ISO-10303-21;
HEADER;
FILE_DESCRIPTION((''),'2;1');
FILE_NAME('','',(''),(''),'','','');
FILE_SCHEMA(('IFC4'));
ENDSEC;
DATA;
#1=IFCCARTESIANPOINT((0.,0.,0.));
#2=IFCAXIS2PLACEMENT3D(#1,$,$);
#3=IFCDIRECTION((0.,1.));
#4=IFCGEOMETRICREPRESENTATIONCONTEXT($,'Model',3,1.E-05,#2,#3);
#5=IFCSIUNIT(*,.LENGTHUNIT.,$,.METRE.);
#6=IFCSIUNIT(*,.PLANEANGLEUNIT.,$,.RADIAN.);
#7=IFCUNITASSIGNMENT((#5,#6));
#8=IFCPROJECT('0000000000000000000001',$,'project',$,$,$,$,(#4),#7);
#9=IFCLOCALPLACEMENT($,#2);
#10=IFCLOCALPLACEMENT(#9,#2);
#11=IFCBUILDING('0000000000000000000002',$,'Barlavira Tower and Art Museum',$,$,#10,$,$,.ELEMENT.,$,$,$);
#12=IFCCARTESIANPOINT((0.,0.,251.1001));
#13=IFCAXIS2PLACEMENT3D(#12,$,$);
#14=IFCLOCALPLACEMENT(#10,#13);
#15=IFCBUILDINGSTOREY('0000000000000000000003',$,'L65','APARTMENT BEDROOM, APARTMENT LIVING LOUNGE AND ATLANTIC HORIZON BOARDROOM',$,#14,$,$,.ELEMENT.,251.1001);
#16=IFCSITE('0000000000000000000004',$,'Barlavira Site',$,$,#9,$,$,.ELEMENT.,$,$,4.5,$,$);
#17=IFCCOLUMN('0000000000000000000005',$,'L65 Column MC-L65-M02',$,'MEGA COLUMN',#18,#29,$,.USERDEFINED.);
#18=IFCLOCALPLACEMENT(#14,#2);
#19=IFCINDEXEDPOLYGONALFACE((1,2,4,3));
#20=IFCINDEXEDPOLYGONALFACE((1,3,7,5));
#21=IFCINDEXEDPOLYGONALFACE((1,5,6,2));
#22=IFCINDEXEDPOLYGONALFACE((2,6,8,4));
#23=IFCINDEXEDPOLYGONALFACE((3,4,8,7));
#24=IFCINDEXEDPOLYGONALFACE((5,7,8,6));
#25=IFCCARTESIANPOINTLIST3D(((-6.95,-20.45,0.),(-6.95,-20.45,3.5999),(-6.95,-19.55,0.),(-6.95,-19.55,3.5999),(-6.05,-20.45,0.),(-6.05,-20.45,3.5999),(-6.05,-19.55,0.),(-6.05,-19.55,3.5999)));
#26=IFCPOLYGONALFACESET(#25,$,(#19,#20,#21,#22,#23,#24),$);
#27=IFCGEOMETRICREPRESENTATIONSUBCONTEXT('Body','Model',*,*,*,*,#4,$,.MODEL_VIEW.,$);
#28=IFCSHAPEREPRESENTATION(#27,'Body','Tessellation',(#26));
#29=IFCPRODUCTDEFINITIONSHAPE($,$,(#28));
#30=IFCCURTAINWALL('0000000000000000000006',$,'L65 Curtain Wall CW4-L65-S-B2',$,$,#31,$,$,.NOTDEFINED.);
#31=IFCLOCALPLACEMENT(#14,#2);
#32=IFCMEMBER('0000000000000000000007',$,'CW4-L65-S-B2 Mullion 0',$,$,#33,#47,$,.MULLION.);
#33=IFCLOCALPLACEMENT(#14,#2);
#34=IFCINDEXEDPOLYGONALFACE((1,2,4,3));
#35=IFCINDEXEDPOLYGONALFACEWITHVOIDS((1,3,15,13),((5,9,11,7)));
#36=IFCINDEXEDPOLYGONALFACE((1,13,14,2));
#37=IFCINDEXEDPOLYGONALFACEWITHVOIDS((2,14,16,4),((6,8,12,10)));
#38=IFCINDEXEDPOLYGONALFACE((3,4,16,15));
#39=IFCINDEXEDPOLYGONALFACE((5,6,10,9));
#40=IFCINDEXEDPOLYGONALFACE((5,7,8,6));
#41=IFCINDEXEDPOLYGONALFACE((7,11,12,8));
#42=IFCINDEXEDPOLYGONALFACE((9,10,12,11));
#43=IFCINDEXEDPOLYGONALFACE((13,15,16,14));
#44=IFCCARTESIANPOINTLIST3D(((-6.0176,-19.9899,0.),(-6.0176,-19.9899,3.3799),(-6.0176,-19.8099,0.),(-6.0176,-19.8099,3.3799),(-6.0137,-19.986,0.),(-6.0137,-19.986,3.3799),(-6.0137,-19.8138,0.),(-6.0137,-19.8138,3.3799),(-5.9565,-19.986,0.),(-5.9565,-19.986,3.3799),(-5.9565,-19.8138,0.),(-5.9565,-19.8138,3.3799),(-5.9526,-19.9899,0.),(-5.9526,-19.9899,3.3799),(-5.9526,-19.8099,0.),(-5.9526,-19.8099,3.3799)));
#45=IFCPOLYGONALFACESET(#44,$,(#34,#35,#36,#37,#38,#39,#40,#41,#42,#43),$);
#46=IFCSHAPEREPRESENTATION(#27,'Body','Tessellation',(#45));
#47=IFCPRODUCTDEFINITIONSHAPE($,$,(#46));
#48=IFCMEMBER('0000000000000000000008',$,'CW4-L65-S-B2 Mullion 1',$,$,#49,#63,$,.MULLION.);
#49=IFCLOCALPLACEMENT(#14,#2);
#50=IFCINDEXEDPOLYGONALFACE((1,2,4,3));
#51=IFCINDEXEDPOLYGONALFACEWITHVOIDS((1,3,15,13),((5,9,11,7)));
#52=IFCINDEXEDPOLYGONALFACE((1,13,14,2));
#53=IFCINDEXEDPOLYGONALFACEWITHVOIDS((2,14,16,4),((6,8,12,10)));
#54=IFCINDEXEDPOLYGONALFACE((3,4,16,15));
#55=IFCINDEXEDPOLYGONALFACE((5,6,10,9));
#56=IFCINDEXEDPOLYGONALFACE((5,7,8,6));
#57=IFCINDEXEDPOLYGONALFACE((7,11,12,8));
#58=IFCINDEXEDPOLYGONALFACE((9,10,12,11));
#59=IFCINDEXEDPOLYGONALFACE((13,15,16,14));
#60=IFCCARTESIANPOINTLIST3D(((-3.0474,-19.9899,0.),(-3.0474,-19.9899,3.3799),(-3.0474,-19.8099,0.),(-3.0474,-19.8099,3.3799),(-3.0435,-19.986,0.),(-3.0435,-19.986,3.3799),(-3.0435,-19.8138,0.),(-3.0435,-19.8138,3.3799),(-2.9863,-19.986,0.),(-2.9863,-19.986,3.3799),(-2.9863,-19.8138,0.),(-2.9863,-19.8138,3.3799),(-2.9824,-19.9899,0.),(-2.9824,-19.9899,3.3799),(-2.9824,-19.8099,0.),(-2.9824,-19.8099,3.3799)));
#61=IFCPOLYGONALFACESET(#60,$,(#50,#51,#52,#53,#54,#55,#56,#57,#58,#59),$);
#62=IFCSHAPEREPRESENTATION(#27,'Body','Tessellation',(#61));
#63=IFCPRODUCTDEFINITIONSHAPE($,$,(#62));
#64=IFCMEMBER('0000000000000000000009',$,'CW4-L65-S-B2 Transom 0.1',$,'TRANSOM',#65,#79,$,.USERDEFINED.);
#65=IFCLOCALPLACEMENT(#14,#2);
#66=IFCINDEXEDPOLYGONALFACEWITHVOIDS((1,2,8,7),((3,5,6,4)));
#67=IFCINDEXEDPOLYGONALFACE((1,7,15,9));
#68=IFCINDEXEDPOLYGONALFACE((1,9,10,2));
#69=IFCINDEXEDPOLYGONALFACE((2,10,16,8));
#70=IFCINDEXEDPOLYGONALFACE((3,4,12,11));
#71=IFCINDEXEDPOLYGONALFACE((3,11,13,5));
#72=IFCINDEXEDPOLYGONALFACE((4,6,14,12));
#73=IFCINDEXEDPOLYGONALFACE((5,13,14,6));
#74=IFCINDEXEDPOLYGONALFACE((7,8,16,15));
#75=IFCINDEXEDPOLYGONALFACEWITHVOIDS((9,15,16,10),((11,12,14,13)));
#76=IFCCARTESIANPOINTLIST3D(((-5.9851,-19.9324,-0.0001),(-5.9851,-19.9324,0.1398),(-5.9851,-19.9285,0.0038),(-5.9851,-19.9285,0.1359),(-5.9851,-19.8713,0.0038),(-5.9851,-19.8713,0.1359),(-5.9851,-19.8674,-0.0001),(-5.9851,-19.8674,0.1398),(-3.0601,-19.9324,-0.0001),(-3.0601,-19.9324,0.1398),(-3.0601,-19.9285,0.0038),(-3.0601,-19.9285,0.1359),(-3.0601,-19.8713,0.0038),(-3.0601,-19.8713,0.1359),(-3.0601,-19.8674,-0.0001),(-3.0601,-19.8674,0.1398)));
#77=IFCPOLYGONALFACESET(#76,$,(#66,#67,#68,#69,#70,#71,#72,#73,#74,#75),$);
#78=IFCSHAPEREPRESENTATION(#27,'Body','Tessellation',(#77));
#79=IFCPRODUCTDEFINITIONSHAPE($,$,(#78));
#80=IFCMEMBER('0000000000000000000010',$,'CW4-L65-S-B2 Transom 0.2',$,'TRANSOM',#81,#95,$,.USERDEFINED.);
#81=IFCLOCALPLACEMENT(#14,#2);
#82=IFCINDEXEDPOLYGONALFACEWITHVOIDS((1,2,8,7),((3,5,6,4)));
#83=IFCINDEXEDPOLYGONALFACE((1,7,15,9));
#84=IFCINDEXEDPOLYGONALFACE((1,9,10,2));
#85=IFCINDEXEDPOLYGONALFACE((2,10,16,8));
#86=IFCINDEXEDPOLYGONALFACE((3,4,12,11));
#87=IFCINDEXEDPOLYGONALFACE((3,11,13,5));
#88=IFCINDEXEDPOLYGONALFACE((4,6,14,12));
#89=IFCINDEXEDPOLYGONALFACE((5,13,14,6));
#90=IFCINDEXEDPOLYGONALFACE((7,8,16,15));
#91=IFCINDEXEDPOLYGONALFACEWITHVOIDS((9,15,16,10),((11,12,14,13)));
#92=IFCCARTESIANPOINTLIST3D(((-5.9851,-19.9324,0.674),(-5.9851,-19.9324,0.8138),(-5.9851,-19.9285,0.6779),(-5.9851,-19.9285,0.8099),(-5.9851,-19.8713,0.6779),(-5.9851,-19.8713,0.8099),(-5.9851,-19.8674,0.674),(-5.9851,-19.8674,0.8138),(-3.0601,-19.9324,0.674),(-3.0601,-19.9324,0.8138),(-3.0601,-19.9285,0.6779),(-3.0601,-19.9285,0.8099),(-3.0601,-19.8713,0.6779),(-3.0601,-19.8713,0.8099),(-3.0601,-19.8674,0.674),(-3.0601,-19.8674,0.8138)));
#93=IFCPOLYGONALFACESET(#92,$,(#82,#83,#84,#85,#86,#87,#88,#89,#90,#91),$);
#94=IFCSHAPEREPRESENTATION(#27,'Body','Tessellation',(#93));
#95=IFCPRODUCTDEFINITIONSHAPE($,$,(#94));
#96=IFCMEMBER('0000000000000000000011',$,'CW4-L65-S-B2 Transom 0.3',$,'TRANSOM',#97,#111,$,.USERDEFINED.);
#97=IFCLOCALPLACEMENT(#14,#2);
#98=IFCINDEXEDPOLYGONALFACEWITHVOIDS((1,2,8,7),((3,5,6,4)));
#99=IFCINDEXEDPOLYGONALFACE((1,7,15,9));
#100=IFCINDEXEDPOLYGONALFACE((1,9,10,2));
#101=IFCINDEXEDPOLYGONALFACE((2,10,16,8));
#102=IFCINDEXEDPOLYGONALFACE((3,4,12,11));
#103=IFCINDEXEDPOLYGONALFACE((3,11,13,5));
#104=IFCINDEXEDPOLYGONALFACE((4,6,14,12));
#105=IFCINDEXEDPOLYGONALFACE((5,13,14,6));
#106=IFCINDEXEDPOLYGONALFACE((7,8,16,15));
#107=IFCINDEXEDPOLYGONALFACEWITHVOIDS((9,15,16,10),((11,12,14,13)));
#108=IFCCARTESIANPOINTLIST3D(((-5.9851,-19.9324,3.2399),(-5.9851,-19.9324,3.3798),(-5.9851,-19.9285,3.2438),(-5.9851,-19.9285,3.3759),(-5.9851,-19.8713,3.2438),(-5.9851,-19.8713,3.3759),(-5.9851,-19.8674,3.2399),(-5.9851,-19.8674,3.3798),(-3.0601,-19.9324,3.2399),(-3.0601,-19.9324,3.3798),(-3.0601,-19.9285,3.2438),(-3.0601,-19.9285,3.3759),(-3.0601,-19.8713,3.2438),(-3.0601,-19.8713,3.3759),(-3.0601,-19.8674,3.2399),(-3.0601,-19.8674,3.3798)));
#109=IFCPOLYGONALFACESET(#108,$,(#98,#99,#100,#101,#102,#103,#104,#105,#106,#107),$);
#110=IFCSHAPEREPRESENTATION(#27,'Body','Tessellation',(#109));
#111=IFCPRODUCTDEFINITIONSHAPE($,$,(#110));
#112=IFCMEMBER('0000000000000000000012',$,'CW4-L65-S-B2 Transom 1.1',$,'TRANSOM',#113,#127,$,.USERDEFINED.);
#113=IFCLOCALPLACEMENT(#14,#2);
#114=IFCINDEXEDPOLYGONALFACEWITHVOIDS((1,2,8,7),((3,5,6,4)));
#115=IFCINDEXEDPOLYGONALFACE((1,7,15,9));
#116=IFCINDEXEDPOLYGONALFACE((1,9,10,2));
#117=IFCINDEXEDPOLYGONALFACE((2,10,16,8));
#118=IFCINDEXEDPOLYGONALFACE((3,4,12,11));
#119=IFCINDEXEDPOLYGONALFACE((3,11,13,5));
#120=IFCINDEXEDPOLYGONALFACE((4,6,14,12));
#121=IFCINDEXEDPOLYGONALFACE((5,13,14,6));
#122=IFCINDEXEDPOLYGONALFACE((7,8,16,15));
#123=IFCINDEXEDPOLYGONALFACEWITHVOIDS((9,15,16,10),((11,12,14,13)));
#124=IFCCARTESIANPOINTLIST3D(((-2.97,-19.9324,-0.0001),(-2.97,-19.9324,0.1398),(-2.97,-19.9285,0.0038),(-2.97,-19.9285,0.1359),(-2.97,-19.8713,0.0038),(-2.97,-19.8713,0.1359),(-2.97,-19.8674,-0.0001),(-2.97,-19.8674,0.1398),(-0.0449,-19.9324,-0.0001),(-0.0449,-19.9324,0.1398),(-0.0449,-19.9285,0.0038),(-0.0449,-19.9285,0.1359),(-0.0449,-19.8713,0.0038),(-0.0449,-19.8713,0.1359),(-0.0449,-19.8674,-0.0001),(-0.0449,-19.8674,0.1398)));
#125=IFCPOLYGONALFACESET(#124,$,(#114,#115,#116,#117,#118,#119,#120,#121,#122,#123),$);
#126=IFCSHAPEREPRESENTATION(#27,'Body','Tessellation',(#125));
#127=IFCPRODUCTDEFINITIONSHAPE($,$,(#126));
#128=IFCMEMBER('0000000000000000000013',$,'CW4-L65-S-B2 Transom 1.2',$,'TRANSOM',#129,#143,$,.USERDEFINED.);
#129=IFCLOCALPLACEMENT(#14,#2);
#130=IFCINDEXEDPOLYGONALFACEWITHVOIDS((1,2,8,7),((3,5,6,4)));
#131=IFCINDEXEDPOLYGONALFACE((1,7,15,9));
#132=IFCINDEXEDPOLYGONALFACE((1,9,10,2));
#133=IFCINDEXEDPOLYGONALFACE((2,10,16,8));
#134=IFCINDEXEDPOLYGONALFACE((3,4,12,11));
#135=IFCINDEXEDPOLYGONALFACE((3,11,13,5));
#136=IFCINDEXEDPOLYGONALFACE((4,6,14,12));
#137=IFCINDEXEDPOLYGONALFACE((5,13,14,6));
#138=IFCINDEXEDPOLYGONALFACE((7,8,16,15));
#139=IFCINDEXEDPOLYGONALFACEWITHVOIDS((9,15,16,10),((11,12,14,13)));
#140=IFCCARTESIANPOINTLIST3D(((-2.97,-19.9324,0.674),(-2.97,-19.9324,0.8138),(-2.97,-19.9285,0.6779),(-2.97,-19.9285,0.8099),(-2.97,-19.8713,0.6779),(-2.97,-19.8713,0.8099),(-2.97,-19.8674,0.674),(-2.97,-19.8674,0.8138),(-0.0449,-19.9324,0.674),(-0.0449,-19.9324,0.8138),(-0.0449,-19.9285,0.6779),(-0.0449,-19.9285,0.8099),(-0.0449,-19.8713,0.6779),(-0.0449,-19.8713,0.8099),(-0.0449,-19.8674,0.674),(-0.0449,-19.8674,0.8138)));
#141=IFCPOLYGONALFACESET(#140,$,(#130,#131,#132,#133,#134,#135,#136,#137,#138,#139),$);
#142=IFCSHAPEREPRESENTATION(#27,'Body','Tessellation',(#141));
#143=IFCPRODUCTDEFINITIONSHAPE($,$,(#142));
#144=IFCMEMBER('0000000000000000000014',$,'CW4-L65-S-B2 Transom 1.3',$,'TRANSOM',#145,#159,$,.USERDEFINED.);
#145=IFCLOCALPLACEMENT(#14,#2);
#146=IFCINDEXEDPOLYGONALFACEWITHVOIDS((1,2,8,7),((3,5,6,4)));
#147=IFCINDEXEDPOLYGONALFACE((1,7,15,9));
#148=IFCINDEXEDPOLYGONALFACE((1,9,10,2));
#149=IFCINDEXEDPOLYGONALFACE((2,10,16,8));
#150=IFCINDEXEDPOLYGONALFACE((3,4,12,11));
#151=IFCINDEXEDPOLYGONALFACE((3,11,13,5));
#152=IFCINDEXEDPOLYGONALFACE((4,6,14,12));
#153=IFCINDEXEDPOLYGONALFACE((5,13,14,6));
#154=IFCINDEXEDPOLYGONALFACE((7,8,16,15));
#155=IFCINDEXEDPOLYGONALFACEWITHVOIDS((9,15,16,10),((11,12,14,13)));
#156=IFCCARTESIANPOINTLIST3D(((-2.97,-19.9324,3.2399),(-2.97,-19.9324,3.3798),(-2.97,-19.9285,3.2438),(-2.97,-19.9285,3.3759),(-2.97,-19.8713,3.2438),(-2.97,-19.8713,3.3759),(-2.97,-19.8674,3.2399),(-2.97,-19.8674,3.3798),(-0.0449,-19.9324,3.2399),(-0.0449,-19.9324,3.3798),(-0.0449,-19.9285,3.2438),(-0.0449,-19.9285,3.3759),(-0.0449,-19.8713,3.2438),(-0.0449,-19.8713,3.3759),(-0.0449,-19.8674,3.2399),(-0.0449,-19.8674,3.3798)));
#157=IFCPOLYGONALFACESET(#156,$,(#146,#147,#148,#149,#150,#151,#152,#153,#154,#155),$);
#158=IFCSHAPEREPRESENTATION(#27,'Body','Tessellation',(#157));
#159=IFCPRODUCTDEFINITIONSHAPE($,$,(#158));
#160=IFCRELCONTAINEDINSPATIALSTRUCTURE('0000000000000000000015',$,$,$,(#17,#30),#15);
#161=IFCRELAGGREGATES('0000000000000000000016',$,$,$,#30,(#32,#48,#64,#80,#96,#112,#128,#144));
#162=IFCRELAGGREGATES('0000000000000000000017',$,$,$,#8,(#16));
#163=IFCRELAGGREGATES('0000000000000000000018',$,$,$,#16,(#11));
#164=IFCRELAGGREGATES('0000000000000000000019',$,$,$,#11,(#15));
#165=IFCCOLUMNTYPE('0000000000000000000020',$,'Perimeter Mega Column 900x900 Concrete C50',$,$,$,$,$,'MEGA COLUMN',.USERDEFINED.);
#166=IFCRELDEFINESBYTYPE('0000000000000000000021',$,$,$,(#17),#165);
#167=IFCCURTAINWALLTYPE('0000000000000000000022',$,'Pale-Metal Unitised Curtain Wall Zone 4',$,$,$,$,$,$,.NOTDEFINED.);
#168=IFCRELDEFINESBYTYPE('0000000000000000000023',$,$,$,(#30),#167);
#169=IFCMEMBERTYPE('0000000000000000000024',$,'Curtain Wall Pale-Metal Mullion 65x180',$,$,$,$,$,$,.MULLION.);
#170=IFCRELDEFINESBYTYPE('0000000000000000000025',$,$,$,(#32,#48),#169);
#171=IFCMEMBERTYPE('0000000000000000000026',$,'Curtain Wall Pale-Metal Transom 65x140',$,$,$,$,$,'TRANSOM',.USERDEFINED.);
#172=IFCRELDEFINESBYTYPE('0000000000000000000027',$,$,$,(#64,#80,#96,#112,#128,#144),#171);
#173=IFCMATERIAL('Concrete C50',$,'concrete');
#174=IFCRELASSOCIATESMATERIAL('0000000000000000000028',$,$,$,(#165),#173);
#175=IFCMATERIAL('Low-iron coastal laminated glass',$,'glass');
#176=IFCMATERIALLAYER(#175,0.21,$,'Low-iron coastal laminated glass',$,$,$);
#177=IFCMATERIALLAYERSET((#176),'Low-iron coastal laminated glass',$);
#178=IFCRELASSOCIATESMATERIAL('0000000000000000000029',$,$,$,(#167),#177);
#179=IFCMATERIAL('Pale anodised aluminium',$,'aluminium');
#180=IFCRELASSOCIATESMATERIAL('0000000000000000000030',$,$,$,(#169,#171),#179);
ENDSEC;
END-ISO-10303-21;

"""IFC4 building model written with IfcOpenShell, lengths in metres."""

from ifc_helpers import new_model, si_unit, direction, frame, origin, origin_2d, place, context, subcontext, project, spatial, rectangle, hollow_rectangle, extrude, material, layer, layer_set, material_profile, profile_set, type_object, element, aggregate, save


model = new_model("IFC4")

# Units and contexts
model_context = context("Model", 3, precision=1e-05, world=origin(), true_north=direction((0.0, 1.0)))
body_context = subcontext(model_context, "Body", "Model", "MODEL_VIEW")
ifc_project = project(units=[si_unit("LENGTHUNIT", "METRE"), si_unit("PLANEANGLEUNIT", "RADIAN")], contexts=[model_context])

# Site, building, storey
site_placement = place(None, origin())
site = spatial("IfcSite", under=ifc_project, at=site_placement, Name="Barlavira Site", CompositionType="ELEMENT", RefElevation=4.5)
building_placement = place(site_placement, origin())
building = spatial("IfcBuilding", under=site, at=building_placement, Name="Barlavira Tower and Art Museum", CompositionType="ELEMENT")
storey_placement = place(building_placement, frame((0.0, 0.0, 251.1001)))
storey = spatial("IfcBuildingStorey", under=building, at=storey_placement, Name="L65", Description="APARTMENT BEDROOM, APARTMENT LIVING LOUNGE AND ATLANTIC HORIZON BOARDROOM", CompositionType="ELEMENT", Elevation=251.1001)

# Column
ifc_material_1 = material(Name="Concrete C50", Category="concrete")
ifc_material_profile_1 = material_profile(ifc_material_1, rectangle(XDim=0.8999, YDim=0.8999, at=origin_2d()), Name="RC-COL 900x900")
ifc_profile_set_1 = profile_set([ifc_material_profile_1], Name="Concrete C50")
column_type = type_object("IfcColumnType", Name="Perimeter Mega Column 900x900 Concrete C50", ElementType="MEGA COLUMN", PredefinedType="USERDEFINED", material=ifc_profile_set_1)
column_placement = place(storey_placement, frame((-6.5, -20.0, 0.0), z_axis=(0.0, 0.0, 1.0), x_axis=(1.0, 0.0, 0.0)))
element("IfcColumn", 1, at=column_placement, inside=storey, type_object=column_type, Name="L65 Column MC-L65-M02", ObjectType="MEGA COLUMN", PredefinedType="USERDEFINED", context=body_context, shape_type="SweptSolid", body=[
    extrude(rectangle(XDim=0.8999, YDim=0.8999, at=origin_2d()), origin(), (0.0, 0.0, 1.0), 3.5999),
])

# Curtain wall, members
ifc_material_2 = material(Name="Low-iron coastal laminated glass", Category="glass")
ifc_layer_1 = layer(ifc_material_2, 0.21, Name="Low-iron coastal laminated glass")
ifc_layer_set_1 = layer_set([ifc_layer_1], Name="Low-iron coastal laminated glass")
curtain_wall_type = type_object("IfcCurtainWallType", Name="Pale-Metal Unitised Curtain Wall Zone 4", PredefinedType="NOTDEFINED", material=ifc_layer_set_1)
curtain_wall_placement = place(storey_placement, origin())
curtain_wall = element("IfcCurtainWall", 2, at=curtain_wall_placement, inside=storey, type_object=curtain_wall_type, Name="L65 Curtain Wall CW4-L65-S-B2", PredefinedType="NOTDEFINED")
ifc_material_3 = material(Name="Pale anodised aluminium", Category="aluminium")
ifc_material_profile_2 = material_profile(ifc_material_3, hollow_rectangle(XDim=0.0649, YDim=0.1799, WallThickness=0.0039, at=origin_2d()), Name="ALU-MULL 65x180x4")
ifc_profile_set_2 = profile_set([ifc_material_profile_2], Name="Pale anodised aluminium")
member_type_1 = type_object("IfcMemberType", Name="Curtain Wall Pale-Metal Mullion 65x180", PredefinedType="MULLION", material=ifc_profile_set_2)
member_1_placement = place(storey_placement, frame((-5.9851, -19.8999, 0.0), z_axis=(0.0, 0.0, 1.0), x_axis=(1.0, 0.0, 0.0)))
member_1 = element("IfcMember", 3, at=member_1_placement, type_object=member_type_1, Name="CW4-L65-S-B2 Mullion 0", PredefinedType="MULLION", context=body_context, shape_type="SweptSolid", body=[
    extrude(hollow_rectangle(XDim=0.0649, YDim=0.1799, WallThickness=0.0039, at=origin_2d()), origin(), (0.0, 0.0, 1.0), 3.3799),
])
member_2_placement = place(storey_placement, frame((-3.0149, -19.8999, 0.0), z_axis=(0.0, 0.0, 1.0), x_axis=(1.0, 0.0, 0.0)))
member_2 = element("IfcMember", 4, at=member_2_placement, type_object=member_type_1, Name="CW4-L65-S-B2 Mullion 1", PredefinedType="MULLION", context=body_context, shape_type="SweptSolid", body=[
    extrude(hollow_rectangle(XDim=0.0649, YDim=0.1799, WallThickness=0.0039, at=origin_2d()), origin(), (0.0, 0.0, 1.0), 3.3799),
])
ifc_material_profile_3 = material_profile(ifc_material_3, hollow_rectangle(XDim=0.0649, YDim=0.1399, WallThickness=0.0039, at=origin_2d()), Name="ALU-TRAN 65x140x4")
ifc_profile_set_3 = profile_set([ifc_material_profile_3], Name="Pale anodised aluminium")
member_type_2 = type_object("IfcMemberType", Name="Curtain Wall Pale-Metal Transom 65x140", ElementType="TRANSOM", PredefinedType="USERDEFINED", material=ifc_profile_set_3)
member_3_placement = place(storey_placement, frame((-5.9851, -19.8999, 0.0698), z_axis=(1.0, 0.0, 0.0), x_axis=(0.0, 1.0, 0.0)))
member_3 = element("IfcMember", 5, at=member_3_placement, type_object=member_type_2, Name="CW4-L65-S-B2 Transom 0.1", ObjectType="TRANSOM", PredefinedType="USERDEFINED", context=body_context, shape_type="SweptSolid", body=[
    extrude(hollow_rectangle(XDim=0.0649, YDim=0.1399, WallThickness=0.0039, at=origin_2d()), origin(), (0.0, 0.0, 1.0), 2.925),
])
member_4_placement = place(storey_placement, frame((-5.9851, -19.8999, 0.7439), z_axis=(1.0, 0.0, 0.0), x_axis=(0.0, 1.0, 0.0)))
member_4 = element("IfcMember", 6, at=member_4_placement, type_object=member_type_2, Name="CW4-L65-S-B2 Transom 0.2", ObjectType="TRANSOM", PredefinedType="USERDEFINED", context=body_context, shape_type="SweptSolid", body=[
    extrude(hollow_rectangle(XDim=0.0649, YDim=0.1399, WallThickness=0.0039, at=origin_2d()), origin(), (0.0, 0.0, 1.0), 2.925),
])
member_5_placement = place(storey_placement, frame((-5.9851, -19.8999, 3.3098), z_axis=(1.0, 0.0, 0.0), x_axis=(0.0, 1.0, 0.0)))
member_5 = element("IfcMember", 7, at=member_5_placement, type_object=member_type_2, Name="CW4-L65-S-B2 Transom 0.3", ObjectType="TRANSOM", PredefinedType="USERDEFINED", context=body_context, shape_type="SweptSolid", body=[
    extrude(hollow_rectangle(XDim=0.0649, YDim=0.1399, WallThickness=0.0039, at=origin_2d()), origin(), (0.0, 0.0, 1.0), 2.925),
])
member_6_placement = place(storey_placement, frame((-2.97, -19.8999, 0.0698), z_axis=(1.0, 0.0, 0.0), x_axis=(0.0, 1.0, 0.0)))
member_6 = element("IfcMember", 8, at=member_6_placement, type_object=member_type_2, Name="CW4-L65-S-B2 Transom 1.1", ObjectType="TRANSOM", PredefinedType="USERDEFINED", context=body_context, shape_type="SweptSolid", body=[
    extrude(hollow_rectangle(XDim=0.0649, YDim=0.1399, WallThickness=0.0039, at=origin_2d()), origin(), (0.0, 0.0, 1.0), 2.925),
])
member_7_placement = place(storey_placement, frame((-2.97, -19.8999, 0.7439), z_axis=(1.0, 0.0, 0.0), x_axis=(0.0, 1.0, 0.0)))
member_7 = element("IfcMember", 9, at=member_7_placement, type_object=member_type_2, Name="CW4-L65-S-B2 Transom 1.2", ObjectType="TRANSOM", PredefinedType="USERDEFINED", context=body_context, shape_type="SweptSolid", body=[
    extrude(hollow_rectangle(XDim=0.0649, YDim=0.1399, WallThickness=0.0039, at=origin_2d()), origin(), (0.0, 0.0, 1.0), 2.925),
])
member_8_placement = place(storey_placement, frame((-2.97, -19.8999, 3.3098), z_axis=(1.0, 0.0, 0.0), x_axis=(0.0, 1.0, 0.0)))
member_8 = element("IfcMember", 10, at=member_8_placement, type_object=member_type_2, Name="CW4-L65-S-B2 Transom 1.3", ObjectType="TRANSOM", PredefinedType="USERDEFINED", context=body_context, shape_type="SweptSolid", body=[
    extrude(hollow_rectangle(XDim=0.0649, YDim=0.1399, WallThickness=0.0039, at=origin_2d()), origin(), (0.0, 0.0, 1.0), 2.925),
])

aggregate(curtain_wall, [member_1, member_2, member_3, member_4, member_5, member_6, member_7, member_8])

save(model, "model.ifc")
